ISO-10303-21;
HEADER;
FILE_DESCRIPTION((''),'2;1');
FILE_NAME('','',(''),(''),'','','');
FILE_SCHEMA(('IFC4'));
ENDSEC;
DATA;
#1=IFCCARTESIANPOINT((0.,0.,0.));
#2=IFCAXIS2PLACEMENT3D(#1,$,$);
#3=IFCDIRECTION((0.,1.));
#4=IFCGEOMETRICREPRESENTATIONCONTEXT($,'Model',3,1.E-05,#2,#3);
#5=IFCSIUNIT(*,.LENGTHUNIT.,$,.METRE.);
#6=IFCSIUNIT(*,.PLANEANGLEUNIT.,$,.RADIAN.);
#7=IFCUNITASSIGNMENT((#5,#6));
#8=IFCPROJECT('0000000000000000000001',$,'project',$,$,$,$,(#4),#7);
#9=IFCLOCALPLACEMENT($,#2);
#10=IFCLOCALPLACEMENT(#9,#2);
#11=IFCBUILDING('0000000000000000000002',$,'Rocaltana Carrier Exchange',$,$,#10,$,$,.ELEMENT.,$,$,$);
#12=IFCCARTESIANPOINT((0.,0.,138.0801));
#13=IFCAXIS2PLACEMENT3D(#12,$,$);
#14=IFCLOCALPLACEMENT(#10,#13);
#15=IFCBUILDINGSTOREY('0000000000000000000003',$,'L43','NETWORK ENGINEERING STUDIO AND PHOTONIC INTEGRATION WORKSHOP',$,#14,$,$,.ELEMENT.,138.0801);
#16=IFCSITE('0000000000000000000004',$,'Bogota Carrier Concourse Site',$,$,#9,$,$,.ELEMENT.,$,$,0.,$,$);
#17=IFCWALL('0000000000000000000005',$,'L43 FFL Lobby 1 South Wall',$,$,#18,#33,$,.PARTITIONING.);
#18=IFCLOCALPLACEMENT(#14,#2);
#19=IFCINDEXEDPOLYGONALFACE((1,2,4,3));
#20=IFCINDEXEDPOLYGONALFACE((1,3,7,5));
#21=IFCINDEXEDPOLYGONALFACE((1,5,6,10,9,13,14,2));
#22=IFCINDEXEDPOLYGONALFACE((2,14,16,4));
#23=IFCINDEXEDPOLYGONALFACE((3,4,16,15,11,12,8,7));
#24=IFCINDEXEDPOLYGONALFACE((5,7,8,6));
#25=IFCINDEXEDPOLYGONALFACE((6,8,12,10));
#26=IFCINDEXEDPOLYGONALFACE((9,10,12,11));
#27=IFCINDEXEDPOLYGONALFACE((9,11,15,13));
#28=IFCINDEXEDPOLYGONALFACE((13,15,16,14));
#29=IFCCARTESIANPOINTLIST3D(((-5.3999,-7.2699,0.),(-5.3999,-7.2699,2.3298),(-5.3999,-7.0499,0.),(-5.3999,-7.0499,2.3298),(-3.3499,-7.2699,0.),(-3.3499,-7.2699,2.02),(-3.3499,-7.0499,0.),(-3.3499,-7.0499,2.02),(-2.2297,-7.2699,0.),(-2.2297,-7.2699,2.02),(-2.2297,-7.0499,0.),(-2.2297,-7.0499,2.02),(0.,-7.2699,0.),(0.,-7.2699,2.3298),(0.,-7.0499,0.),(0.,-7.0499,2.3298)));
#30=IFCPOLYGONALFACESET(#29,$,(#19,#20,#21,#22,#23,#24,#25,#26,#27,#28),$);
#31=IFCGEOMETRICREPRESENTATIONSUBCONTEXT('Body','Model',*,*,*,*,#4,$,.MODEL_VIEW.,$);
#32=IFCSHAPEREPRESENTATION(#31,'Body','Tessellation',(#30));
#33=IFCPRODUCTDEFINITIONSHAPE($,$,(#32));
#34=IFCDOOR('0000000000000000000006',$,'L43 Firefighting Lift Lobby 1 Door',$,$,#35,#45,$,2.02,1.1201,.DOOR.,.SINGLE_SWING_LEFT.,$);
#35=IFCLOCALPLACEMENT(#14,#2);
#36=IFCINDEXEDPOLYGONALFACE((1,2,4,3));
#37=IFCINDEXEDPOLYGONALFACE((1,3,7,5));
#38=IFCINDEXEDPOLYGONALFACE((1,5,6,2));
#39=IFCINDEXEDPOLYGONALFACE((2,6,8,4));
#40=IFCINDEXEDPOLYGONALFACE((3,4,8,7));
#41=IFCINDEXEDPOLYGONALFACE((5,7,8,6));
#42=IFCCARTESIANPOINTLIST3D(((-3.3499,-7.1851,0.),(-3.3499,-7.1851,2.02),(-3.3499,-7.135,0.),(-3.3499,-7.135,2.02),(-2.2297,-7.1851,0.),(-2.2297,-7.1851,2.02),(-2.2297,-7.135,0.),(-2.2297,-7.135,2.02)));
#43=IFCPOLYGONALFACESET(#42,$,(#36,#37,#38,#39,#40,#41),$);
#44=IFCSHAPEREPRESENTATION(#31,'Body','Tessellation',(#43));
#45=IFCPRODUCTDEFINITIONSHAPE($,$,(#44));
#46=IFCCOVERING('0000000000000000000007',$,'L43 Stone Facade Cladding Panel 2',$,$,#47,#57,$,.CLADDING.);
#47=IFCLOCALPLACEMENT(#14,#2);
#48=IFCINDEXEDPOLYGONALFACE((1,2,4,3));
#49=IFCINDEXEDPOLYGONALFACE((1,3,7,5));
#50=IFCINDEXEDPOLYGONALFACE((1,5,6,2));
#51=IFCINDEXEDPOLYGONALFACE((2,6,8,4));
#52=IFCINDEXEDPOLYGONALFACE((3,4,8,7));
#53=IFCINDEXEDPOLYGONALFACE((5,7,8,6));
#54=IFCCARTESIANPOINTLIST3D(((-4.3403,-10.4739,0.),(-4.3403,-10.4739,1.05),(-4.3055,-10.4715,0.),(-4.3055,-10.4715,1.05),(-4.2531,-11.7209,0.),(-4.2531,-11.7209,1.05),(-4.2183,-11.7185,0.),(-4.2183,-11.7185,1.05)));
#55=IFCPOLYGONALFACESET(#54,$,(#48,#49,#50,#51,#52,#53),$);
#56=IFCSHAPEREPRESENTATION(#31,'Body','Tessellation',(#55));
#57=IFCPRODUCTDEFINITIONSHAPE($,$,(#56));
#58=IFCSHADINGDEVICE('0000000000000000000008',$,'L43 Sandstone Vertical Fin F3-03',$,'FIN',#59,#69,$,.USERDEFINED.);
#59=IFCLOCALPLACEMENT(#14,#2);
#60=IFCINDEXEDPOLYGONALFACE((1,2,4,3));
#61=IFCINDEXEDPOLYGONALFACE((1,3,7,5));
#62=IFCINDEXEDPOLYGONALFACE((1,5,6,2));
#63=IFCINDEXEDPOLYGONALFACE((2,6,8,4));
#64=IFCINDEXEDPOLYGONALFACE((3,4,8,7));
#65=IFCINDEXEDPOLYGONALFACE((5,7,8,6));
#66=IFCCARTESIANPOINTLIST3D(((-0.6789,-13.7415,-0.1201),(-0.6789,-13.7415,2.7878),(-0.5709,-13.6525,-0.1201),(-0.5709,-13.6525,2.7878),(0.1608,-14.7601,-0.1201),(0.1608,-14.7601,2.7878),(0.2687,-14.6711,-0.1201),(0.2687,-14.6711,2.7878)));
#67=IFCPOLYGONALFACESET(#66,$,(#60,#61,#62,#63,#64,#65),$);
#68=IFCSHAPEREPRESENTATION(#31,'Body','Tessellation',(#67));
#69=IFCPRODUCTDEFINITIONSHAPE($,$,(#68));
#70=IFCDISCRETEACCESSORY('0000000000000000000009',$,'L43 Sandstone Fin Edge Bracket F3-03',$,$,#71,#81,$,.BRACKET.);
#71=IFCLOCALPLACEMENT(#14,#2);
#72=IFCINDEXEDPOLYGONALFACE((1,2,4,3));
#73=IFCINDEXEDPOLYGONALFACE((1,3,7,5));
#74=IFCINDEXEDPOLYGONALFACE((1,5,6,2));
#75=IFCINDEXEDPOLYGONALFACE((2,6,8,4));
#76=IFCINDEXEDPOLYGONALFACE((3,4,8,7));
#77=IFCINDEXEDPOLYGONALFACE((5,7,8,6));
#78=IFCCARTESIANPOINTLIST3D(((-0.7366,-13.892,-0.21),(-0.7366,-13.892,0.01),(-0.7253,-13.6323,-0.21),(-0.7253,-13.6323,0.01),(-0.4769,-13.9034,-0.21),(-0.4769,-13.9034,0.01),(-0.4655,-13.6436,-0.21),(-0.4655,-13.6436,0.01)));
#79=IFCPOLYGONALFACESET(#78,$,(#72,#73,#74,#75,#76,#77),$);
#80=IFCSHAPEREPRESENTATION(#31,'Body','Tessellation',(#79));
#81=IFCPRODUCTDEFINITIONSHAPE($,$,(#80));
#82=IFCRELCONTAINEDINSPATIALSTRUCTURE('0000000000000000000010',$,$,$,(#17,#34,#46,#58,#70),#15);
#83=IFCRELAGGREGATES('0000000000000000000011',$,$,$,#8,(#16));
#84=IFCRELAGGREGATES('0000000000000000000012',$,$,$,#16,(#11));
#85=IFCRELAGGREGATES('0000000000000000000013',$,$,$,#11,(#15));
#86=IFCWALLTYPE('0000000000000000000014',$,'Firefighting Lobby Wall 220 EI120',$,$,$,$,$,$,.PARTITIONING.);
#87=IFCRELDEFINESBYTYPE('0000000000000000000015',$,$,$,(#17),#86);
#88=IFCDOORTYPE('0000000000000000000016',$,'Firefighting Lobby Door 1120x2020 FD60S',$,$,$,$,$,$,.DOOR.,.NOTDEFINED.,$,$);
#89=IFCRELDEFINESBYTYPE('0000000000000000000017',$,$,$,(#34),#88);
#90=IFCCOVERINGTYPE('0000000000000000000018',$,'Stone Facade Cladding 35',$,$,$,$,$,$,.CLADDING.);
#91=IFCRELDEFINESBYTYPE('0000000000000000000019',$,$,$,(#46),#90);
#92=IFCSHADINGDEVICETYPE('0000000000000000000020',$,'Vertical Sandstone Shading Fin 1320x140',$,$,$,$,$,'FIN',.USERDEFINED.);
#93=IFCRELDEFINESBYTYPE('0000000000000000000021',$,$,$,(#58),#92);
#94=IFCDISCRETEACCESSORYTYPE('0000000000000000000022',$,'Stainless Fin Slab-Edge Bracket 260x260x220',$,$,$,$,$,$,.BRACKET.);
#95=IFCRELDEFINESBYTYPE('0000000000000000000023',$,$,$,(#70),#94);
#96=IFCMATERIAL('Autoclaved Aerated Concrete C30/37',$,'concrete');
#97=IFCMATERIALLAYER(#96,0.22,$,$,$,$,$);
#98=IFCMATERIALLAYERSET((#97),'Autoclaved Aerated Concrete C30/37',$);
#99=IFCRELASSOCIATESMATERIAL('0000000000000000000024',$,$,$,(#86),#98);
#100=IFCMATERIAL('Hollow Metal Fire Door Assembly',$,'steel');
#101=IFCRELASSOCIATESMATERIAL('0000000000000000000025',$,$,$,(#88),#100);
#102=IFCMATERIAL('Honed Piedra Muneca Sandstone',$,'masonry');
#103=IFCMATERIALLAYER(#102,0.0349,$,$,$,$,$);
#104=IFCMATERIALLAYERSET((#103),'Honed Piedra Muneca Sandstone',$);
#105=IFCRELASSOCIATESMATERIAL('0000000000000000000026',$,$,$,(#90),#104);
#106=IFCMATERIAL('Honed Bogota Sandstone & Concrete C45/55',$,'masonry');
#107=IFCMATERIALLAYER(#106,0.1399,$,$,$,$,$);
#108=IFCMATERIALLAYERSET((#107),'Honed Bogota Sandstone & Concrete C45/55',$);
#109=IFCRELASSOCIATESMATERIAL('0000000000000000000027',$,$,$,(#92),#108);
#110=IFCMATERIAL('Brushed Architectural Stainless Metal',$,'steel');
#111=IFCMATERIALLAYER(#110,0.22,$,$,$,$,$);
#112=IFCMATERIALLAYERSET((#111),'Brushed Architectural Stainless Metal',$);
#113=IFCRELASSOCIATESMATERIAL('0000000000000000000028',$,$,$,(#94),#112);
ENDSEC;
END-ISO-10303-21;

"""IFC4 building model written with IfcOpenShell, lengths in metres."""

from ifc_helpers import new_model, si_unit, direction, frame, frame_2d, origin, origin_2d, place, context, subcontext, project, spatial, rectangle, extrude, material, layer, layer_set, type_object, element, fill, save


model = new_model("IFC4")

# Units and contexts
model_context = context("Model", 3, precision=1e-05, world=origin(), true_north=direction((0.0, 1.0)))
body_context = subcontext(model_context, "Body", "Model", "MODEL_VIEW")
ifc_project = project(units=[si_unit("LENGTHUNIT", "METRE"), si_unit("PLANEANGLEUNIT", "RADIAN")], contexts=[model_context])

# Site, building, storey
site_placement = place(None, origin())
site = spatial("IfcSite", under=ifc_project, at=site_placement, Name="Bogota Carrier Concourse Site", CompositionType="ELEMENT", RefElevation=0.0)
building_placement = place(site_placement, origin())
building = spatial("IfcBuilding", under=site, at=building_placement, Name="Rocaltana Carrier Exchange", CompositionType="ELEMENT")
storey_placement = place(building_placement, frame((0.0, 0.0, 138.0801)))
storey = spatial("IfcBuildingStorey", under=building, at=storey_placement, Name="L43", Description="NETWORK ENGINEERING STUDIO AND PHOTONIC INTEGRATION WORKSHOP", CompositionType="ELEMENT", Elevation=138.0801)

# Shared definitions
ifc_material_1 = material(Name="Autoclaved Aerated Concrete C30/37", Category="concrete")
ifc_layer_1 = layer(ifc_material_1, 0.22)
ifc_layer_set_1 = layer_set([ifc_layer_1], Name="Autoclaved Aerated Concrete C30/37")
wall_type_1 = type_object("IfcWallType", Name="Firefighting Lobby Wall 220 EI120", PredefinedType="PARTITIONING", material=ifc_layer_set_1)

# Wall, opening, door
wall_1_placement = place(storey_placement, frame((-5.3999, -7.1599, 0.0), z_axis=(0.0, 0.0, 1.0), x_axis=(1.0, 0.0, 0.0)))
wall_1 = element("IfcWall", 1, at=wall_1_placement, inside=storey, type_object=wall_type_1, Name="L43 FFL Lobby 1 South Wall", PredefinedType="PARTITIONING", context=body_context, shape_type="SweptSolid", body=[
    extrude(rectangle(XDim=5.3999, YDim=0.22, at=frame_2d((2.7, 0.0))), origin(), (0.0, 0.0, 1.0), 2.3298),
])
opening_placement = place(wall_1_placement, frame((2.05, 0.0, 0.0)))
opening = element("IfcOpeningElement", 2, at=opening_placement, cuts=wall_1, PredefinedType="OPENING", context=body_context, shape_type="SweptSolid", body=[
    extrude(rectangle(XDim=1.1201, YDim=2.02, at=frame_2d((0.5601, 1.01))), frame((0.0, 0.1199, 0.0), z_axis=(0.0, -1.0, 0.0), x_axis=(1.0, 0.0, 0.0)), (0.0, 0.0, 1.0), 0.24),
])
ifc_material_2 = material(Name="Hollow Metal Fire Door Assembly", Category="steel")
door_type = type_object("IfcDoorType", Name="Firefighting Lobby Door 1120x2020 FD60S", OperationType="NOTDEFINED", PredefinedType="DOOR", material=ifc_material_2)
door_placement = place(opening_placement, origin())
door = element("IfcDoor", 3, at=door_placement, inside=storey, type_object=door_type, Name="L43 Firefighting Lift Lobby 1 Door", OperationType="SINGLE_SWING_LEFT", OverallHeight=2.02, OverallWidth=1.1201, PredefinedType="DOOR", context=body_context, shape_type="SweptSolid", body=[
    extrude(rectangle(XDim=1.1201, YDim=2.02, at=frame_2d((0.5601, 1.01))), frame((0.0, 0.0249, 0.0), z_axis=(0.0, -1.0, 0.0), x_axis=(1.0, 0.0, 0.0)), (0.0, 0.0, 1.0), 0.05),
])
fill(opening, door)

# Covering
ifc_material_3 = material(Name="Honed Piedra Muneca Sandstone", Category="masonry")
ifc_layer_2 = layer(ifc_material_3, 0.0349)
ifc_layer_set_2 = layer_set([ifc_layer_2], Name="Honed Piedra Muneca Sandstone")
covering_type = type_object("IfcCoveringType", Name="Stone Facade Cladding 35", PredefinedType="CLADDING", material=ifc_layer_set_2)
covering_placement = place(storey_placement, frame((-4.2793, -11.0962, 0.0), z_axis=(0.0, 0.0, 1.0), x_axis=(-0.069756, 0.997564, 0.0)))
element("IfcCovering", 4, at=covering_placement, inside=storey, type_object=covering_type, Name="L43 Stone Facade Cladding Panel 2", PredefinedType="CLADDING", context=body_context, shape_type="SweptSolid", body=[
    extrude(rectangle(XDim=1.25, YDim=0.0349, at=origin_2d()), origin(), (0.0, 0.0, 1.0), 1.05),
])

# Shading device
ifc_material_4 = material(Name="Honed Bogota Sandstone & Concrete C45/55", Category="masonry")
ifc_layer_3 = layer(ifc_material_4, 0.1399)
ifc_layer_set_3 = layer_set([ifc_layer_3], Name="Honed Bogota Sandstone & Concrete C45/55")
shading_device_type = type_object("IfcShadingDeviceType", Name="Vertical Sandstone Shading Fin 1320x140", ElementType="FIN", PredefinedType="USERDEFINED", material=ifc_layer_set_3)
shading_device_placement = place(storey_placement, frame((-0.2051, -14.2063, -0.1201), z_axis=(0.0, 0.0, 1.0), x_axis=(0.636078, -0.771625, 0.0)))
element("IfcShadingDevice", 5, at=shading_device_placement, inside=storey, type_object=shading_device_type, Name="L43 Sandstone Vertical Fin F3-03", ObjectType="FIN", PredefinedType="USERDEFINED", context=body_context, shape_type="SweptSolid", body=[
    extrude(rectangle(XDim=1.3201, YDim=0.1399, at=origin_2d()), origin(), (0.0, 0.0, 1.0), 2.908),
])

# Discrete accessory
ifc_material_5 = material(Name="Brushed Architectural Stainless Metal", Category="steel")
ifc_layer_4 = layer(ifc_material_5, 0.22)
ifc_layer_set_4 = layer_set([ifc_layer_4], Name="Brushed Architectural Stainless Metal")
discrete_accessory_type = type_object("IfcDiscreteAccessoryType", Name="Stainless Fin Slab-Edge Bracket 260x260x220", PredefinedType="BRACKET", material=ifc_layer_set_4)
discrete_accessory_placement = place(storey_placement, frame((-0.6011, -13.7678, -0.21), z_axis=(0.0, 0.0, 1.0), x_axis=(0.999048, -0.043619, 0.0)))
element("IfcDiscreteAccessory", 6, at=discrete_accessory_placement, inside=storey, type_object=discrete_accessory_type, Name="L43 Sandstone Fin Edge Bracket F3-03", PredefinedType="BRACKET", context=body_context, shape_type="SweptSolid", body=[
    extrude(rectangle(XDim=0.26, YDim=0.26, at=origin_2d()), origin(), (0.0, 0.0, 1.0), 0.22),
])

save(model, "model.ifc")
